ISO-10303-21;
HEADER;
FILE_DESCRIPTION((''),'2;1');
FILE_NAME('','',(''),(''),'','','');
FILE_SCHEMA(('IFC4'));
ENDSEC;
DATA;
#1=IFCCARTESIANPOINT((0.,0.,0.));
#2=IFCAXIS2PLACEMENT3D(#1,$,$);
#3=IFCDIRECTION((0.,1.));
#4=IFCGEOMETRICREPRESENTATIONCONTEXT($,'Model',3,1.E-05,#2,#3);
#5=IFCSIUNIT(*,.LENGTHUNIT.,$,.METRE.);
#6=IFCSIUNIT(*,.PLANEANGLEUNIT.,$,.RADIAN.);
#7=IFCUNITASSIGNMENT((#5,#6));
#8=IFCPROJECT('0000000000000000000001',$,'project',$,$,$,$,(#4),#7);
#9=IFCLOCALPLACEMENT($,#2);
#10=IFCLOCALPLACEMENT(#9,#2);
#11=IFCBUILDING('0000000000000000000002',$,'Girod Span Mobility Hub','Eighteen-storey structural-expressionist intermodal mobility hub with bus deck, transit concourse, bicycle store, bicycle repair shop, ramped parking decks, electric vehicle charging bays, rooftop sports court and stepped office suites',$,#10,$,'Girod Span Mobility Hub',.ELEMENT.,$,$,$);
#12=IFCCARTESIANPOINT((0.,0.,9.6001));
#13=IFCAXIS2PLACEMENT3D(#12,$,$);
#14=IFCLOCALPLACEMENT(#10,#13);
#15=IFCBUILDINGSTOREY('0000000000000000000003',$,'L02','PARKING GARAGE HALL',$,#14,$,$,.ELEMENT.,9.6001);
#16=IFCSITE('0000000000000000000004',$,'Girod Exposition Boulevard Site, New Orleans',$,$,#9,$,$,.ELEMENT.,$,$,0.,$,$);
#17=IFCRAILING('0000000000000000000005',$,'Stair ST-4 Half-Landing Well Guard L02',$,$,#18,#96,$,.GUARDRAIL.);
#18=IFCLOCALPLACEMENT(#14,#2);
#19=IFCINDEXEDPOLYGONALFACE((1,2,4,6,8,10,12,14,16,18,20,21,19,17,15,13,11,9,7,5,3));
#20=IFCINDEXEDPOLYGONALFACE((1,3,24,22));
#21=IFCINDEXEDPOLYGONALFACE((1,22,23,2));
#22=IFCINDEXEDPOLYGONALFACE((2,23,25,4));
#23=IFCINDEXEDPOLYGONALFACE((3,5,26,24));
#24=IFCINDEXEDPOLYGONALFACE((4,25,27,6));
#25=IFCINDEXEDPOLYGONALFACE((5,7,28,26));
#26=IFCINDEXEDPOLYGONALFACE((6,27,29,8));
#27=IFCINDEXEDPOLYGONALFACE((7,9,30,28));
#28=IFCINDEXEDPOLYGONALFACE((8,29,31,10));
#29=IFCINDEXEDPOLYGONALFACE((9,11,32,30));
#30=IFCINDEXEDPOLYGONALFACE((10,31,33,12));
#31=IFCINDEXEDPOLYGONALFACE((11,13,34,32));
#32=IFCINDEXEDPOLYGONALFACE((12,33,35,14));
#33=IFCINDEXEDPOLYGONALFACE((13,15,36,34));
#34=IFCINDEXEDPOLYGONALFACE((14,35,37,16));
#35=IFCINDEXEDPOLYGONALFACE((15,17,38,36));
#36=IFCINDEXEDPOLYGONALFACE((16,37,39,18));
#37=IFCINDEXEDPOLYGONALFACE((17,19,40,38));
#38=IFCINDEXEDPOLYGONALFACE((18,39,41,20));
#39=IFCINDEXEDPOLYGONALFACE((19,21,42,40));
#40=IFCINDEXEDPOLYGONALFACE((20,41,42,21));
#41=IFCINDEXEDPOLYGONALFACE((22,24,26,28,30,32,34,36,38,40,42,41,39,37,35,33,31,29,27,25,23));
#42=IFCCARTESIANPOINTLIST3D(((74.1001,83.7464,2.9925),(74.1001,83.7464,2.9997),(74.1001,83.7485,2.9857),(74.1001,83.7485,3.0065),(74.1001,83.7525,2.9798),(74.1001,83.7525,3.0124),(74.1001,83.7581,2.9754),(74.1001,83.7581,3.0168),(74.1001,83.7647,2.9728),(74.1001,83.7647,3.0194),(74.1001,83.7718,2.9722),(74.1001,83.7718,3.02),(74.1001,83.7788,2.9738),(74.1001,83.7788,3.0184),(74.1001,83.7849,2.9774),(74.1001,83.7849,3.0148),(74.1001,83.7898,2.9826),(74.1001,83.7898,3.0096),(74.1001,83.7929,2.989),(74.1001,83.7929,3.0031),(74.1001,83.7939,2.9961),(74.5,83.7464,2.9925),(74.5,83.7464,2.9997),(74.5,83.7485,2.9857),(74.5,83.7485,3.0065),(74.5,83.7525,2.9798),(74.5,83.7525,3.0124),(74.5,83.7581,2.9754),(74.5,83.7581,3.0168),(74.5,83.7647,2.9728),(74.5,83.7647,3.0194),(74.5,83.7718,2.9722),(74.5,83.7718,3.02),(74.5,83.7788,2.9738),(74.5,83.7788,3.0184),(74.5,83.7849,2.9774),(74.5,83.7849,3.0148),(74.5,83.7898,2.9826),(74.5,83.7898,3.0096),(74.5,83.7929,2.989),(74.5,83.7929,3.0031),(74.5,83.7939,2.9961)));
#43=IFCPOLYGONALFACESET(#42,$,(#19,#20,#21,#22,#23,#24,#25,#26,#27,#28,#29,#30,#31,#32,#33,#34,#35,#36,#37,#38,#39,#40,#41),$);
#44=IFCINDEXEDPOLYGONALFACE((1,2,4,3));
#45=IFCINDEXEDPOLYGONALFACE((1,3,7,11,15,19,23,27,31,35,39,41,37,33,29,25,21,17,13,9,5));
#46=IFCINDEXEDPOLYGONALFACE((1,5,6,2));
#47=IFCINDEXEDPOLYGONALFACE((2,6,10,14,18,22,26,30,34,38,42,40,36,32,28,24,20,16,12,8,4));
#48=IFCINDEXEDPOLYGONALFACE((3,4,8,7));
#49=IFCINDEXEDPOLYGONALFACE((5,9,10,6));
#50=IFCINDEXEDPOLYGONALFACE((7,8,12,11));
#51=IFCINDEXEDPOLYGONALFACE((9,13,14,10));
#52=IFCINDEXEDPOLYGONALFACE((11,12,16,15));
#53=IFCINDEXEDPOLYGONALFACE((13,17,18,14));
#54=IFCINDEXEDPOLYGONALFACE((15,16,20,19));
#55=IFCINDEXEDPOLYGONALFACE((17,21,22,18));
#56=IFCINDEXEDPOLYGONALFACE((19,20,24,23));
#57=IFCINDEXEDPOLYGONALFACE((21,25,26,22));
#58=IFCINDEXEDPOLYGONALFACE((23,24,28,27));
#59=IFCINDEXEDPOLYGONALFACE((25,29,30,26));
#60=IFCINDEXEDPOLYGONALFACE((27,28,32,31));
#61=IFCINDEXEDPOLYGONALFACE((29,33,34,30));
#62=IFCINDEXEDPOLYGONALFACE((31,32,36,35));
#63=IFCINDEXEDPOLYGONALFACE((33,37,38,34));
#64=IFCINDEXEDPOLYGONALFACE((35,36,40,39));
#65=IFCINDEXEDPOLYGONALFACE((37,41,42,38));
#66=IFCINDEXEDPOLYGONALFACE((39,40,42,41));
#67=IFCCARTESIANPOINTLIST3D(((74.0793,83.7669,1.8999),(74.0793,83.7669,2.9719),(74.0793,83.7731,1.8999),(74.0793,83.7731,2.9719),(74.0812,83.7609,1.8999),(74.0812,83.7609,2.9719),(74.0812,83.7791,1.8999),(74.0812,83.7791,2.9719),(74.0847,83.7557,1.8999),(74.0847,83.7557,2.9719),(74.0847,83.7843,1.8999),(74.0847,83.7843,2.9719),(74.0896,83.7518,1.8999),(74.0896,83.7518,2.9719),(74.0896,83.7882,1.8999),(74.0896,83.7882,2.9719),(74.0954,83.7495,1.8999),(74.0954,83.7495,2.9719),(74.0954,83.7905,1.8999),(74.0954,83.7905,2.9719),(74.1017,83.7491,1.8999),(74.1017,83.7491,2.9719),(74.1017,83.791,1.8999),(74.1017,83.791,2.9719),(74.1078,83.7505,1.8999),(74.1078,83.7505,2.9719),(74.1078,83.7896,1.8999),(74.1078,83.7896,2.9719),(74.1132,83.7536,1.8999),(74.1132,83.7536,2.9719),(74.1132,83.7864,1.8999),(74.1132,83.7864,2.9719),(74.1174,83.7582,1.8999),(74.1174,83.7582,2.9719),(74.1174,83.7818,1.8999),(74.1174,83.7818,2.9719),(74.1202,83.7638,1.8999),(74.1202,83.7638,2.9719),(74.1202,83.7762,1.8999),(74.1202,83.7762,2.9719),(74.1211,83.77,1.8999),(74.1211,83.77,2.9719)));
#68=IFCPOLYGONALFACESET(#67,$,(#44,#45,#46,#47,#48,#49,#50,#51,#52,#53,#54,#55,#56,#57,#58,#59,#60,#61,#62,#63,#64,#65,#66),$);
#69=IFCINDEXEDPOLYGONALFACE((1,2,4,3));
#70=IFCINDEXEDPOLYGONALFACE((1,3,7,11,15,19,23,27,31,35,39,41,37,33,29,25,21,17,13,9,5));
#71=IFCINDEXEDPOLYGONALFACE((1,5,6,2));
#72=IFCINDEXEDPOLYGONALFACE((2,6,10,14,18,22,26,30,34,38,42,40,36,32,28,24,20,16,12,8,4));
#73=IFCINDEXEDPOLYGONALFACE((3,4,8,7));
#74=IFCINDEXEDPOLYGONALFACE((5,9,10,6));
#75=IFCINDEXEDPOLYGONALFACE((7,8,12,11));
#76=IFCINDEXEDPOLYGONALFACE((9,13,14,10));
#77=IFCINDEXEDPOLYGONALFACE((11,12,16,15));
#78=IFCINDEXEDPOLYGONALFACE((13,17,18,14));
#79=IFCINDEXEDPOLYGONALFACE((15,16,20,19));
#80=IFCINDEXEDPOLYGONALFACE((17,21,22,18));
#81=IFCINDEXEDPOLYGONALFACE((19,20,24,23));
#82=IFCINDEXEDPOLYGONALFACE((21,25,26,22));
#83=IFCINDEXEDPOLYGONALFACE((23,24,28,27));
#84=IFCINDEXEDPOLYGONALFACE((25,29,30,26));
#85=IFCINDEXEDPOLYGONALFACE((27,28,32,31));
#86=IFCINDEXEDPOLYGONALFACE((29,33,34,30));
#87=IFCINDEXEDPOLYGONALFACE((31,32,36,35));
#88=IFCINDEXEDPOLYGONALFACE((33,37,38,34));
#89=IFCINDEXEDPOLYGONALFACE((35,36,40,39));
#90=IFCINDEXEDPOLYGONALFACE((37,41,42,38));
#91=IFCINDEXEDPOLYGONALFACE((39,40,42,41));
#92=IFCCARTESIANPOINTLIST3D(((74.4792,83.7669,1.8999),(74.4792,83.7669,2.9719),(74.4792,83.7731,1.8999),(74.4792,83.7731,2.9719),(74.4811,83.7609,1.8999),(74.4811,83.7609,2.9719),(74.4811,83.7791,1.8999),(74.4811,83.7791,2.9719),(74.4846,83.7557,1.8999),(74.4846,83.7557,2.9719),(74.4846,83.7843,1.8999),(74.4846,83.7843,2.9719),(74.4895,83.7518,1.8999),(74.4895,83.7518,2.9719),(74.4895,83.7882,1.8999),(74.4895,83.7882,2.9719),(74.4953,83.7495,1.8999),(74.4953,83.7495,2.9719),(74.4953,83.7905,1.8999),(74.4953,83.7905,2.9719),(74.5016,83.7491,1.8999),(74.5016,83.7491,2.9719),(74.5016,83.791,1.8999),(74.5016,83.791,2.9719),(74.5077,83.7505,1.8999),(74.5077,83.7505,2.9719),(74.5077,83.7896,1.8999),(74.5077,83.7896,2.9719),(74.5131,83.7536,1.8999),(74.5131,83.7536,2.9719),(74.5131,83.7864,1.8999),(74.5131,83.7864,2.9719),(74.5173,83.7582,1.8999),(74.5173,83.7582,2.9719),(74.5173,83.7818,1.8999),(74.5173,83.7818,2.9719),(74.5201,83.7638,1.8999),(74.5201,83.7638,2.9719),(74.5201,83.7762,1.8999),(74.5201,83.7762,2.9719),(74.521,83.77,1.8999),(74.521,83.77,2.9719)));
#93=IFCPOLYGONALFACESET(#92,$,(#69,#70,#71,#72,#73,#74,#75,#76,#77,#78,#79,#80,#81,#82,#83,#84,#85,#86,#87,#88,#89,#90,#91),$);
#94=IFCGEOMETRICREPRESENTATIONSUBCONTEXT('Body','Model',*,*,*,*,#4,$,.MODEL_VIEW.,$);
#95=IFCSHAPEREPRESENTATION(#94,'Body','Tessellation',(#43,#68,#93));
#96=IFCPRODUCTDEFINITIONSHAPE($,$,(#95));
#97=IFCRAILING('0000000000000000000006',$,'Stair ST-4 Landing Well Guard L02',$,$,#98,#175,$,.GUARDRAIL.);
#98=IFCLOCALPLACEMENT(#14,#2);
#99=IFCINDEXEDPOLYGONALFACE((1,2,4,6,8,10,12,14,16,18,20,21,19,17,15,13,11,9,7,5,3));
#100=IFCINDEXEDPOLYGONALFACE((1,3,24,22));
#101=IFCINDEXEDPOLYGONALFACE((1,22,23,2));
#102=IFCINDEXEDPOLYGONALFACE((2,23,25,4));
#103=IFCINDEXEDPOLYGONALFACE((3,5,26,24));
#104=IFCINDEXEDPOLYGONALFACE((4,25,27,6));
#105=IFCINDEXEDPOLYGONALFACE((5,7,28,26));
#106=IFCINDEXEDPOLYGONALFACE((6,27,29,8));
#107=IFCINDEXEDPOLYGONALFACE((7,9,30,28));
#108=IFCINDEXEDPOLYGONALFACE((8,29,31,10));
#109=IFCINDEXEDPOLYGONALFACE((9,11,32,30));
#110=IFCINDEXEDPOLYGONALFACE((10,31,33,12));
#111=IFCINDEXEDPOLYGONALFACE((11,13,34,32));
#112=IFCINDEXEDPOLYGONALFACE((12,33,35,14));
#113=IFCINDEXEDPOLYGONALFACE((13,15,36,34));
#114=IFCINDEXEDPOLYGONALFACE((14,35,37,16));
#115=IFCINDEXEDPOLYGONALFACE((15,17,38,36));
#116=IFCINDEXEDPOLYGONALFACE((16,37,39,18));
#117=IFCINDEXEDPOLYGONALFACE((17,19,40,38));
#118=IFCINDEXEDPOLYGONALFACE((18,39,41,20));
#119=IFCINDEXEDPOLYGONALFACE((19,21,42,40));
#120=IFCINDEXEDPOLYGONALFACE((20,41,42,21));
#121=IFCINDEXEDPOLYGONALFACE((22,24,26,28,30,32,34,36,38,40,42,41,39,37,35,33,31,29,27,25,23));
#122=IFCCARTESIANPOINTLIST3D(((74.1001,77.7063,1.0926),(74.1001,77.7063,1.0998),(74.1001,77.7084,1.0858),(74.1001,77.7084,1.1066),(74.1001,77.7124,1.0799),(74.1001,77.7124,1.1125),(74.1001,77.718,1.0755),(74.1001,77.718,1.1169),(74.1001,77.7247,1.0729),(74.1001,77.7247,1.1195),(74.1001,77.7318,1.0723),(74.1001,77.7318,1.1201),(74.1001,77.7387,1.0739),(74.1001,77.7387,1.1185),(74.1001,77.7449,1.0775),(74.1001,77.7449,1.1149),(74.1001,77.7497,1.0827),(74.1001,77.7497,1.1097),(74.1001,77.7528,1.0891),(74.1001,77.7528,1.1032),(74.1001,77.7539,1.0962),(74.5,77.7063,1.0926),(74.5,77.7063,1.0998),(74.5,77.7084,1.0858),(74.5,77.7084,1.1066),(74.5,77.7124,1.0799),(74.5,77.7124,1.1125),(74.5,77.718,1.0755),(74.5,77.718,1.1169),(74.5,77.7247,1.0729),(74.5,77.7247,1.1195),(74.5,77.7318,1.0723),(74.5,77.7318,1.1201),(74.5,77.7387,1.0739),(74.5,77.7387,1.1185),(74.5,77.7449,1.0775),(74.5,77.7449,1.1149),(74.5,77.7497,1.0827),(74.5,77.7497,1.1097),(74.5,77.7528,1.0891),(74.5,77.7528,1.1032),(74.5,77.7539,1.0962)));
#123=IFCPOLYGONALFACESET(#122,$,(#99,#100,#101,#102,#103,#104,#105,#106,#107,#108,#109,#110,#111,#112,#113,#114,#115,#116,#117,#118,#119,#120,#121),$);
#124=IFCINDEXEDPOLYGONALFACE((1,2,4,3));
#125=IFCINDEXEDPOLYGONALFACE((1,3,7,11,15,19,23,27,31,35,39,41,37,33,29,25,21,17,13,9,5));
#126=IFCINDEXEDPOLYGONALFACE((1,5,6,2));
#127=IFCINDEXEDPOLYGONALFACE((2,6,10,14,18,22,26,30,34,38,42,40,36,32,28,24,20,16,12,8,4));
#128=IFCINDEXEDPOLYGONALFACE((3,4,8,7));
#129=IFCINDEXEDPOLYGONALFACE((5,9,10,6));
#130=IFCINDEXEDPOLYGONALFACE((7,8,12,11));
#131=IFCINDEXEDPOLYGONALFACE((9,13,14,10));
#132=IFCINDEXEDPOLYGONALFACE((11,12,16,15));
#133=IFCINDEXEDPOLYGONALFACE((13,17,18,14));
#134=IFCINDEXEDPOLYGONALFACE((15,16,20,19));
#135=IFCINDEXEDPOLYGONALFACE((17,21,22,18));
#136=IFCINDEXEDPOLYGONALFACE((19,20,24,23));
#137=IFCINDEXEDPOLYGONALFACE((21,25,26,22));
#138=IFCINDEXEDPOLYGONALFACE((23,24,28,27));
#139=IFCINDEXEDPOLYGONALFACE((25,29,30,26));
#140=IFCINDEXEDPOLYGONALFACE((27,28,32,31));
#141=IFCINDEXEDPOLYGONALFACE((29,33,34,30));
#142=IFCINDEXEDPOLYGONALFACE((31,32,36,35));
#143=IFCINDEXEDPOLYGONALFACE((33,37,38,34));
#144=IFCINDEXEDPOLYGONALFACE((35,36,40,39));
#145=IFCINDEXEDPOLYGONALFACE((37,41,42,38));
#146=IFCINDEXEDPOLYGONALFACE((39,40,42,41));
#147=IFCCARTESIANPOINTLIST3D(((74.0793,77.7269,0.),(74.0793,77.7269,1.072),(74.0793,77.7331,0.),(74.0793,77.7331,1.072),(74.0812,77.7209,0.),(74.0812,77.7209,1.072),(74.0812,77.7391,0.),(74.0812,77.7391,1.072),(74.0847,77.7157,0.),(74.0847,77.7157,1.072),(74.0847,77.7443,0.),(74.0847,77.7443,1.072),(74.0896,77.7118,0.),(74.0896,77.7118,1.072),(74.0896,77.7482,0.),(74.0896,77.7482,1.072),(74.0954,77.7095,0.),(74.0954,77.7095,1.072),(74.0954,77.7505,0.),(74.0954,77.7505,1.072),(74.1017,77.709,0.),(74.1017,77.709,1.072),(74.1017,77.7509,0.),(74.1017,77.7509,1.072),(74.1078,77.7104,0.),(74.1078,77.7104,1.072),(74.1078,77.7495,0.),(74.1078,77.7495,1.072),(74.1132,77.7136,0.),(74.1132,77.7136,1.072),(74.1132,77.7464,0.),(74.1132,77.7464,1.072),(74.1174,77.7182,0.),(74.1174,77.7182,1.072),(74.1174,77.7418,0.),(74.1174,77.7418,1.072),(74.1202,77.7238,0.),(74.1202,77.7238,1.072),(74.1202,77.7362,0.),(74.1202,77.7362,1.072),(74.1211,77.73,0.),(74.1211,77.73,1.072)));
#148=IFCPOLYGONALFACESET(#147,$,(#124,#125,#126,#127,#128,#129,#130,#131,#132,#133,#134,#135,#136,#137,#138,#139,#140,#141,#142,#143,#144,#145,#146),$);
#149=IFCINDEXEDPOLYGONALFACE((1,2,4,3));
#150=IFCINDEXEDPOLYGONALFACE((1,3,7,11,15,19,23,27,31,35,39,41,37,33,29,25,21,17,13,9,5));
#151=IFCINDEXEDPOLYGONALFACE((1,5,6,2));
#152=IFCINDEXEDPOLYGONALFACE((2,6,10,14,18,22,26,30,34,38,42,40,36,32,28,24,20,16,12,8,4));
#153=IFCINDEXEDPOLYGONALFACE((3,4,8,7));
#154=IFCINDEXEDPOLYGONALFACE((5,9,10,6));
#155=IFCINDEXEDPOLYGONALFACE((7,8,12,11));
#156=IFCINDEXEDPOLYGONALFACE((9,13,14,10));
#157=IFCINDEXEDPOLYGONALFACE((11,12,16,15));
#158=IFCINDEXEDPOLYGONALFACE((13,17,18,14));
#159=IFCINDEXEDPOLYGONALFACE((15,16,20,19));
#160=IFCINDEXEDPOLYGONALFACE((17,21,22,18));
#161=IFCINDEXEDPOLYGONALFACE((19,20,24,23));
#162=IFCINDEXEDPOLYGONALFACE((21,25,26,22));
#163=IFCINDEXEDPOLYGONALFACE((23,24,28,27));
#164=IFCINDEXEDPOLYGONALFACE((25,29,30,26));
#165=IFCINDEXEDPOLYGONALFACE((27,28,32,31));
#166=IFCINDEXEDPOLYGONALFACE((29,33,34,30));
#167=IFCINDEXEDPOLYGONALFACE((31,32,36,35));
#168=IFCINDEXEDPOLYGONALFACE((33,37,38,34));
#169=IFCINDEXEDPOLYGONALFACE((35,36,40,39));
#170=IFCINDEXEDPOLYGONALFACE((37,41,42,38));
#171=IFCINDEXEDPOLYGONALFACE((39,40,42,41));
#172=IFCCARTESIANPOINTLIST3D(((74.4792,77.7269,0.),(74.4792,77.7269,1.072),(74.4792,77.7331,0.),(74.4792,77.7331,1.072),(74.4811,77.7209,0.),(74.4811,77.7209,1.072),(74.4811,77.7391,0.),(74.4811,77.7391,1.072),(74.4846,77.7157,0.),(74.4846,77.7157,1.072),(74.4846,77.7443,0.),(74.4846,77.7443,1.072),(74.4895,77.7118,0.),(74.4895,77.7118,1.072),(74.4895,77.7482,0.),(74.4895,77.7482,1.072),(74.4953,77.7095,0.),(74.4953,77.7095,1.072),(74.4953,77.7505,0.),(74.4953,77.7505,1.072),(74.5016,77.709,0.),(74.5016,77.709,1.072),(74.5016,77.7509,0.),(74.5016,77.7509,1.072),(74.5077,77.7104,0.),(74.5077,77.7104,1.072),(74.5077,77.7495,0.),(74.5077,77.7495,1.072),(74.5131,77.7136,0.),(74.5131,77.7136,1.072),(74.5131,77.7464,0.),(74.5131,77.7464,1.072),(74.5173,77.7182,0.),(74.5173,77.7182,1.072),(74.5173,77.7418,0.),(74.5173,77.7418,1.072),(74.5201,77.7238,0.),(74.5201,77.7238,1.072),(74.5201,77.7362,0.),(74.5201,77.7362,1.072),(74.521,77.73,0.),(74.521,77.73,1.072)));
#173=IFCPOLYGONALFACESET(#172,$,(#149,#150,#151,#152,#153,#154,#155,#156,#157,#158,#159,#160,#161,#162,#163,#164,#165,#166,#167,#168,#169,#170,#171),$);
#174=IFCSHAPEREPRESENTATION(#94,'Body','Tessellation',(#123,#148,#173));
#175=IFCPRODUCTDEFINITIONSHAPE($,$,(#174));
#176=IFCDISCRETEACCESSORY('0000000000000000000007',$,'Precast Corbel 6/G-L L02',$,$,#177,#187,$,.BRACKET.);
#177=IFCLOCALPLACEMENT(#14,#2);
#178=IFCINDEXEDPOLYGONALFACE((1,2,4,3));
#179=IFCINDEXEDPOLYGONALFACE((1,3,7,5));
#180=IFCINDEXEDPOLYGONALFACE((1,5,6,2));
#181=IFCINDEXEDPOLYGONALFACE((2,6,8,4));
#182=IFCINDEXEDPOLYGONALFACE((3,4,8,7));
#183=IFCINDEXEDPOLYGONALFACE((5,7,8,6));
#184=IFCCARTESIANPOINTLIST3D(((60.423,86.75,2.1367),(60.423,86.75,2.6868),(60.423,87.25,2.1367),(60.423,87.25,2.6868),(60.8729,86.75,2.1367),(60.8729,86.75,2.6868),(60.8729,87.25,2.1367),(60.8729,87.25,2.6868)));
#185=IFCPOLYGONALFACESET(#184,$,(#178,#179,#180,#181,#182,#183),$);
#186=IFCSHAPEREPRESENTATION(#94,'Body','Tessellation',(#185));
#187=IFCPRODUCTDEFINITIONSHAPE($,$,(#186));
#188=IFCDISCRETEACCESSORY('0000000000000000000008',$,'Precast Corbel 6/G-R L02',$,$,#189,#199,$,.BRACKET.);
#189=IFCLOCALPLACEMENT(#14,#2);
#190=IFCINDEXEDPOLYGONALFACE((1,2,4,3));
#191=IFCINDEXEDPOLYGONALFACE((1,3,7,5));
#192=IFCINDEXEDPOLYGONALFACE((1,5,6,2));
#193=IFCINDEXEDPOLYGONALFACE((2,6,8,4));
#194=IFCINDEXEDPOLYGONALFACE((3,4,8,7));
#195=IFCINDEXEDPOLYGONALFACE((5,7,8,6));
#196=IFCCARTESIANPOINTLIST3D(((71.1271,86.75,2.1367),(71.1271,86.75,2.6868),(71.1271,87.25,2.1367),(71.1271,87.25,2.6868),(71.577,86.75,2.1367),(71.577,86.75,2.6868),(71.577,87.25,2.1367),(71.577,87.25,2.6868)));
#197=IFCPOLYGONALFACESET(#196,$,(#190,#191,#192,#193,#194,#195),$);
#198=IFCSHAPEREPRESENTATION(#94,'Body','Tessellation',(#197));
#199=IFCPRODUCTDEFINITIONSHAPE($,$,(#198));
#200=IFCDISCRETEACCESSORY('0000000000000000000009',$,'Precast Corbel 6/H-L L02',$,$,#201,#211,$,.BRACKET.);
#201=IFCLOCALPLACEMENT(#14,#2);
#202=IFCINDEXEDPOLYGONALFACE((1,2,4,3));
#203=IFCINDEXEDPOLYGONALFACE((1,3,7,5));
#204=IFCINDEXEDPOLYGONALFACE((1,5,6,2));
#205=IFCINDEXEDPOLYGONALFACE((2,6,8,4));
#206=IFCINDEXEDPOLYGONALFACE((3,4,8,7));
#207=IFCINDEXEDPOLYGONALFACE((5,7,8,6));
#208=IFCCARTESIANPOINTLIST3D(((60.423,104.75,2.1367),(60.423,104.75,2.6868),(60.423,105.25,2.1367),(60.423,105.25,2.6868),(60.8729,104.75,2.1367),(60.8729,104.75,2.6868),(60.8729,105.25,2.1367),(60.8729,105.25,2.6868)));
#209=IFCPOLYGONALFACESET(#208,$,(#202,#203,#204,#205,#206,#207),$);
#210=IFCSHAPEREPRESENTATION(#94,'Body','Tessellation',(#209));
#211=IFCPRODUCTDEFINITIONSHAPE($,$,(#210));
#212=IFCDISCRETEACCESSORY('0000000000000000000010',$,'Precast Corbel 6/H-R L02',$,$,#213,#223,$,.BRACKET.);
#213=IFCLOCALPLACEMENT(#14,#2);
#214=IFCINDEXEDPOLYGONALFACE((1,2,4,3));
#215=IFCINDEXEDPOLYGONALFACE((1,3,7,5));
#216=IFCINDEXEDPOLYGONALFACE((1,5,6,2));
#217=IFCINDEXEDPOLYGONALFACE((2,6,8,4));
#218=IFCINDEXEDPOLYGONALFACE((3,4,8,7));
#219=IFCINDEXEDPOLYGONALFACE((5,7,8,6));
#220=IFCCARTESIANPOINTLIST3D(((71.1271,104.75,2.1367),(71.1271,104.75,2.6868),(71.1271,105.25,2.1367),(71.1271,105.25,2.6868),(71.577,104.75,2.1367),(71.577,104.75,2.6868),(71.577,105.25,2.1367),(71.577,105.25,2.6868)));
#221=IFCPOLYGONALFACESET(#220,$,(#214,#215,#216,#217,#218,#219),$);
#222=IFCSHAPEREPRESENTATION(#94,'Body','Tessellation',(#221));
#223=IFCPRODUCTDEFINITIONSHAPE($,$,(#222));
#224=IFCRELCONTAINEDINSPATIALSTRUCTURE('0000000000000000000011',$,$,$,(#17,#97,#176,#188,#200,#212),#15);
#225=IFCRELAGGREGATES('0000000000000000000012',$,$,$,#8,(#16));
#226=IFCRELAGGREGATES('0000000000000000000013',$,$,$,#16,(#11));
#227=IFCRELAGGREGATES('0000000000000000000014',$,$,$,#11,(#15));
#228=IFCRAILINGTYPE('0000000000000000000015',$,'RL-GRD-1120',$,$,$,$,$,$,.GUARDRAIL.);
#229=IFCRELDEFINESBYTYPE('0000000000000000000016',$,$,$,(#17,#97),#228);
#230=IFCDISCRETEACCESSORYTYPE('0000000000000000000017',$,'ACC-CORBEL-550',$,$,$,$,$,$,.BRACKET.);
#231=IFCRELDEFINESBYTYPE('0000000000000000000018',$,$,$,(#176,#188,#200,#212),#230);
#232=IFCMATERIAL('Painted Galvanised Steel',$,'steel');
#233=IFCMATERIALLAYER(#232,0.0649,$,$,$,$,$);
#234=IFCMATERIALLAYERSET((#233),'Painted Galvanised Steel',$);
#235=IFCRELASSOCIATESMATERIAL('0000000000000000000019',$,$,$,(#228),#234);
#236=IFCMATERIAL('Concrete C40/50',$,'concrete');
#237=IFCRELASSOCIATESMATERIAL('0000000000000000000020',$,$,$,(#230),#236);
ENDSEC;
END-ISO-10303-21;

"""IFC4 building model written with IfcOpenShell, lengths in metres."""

from ifc_helpers import new_model, si_unit, direction, frame, origin, origin_2d, place, context, subcontext, project, spatial, rectangle, circle, extrude, material, layer, layer_set, type_object, element, save


model = new_model("IFC4")

# Units and contexts
model_context = context("Model", 3, precision=1e-05, world=origin(), true_north=direction((0.0, 1.0)))
body_context = subcontext(model_context, "Body", "Model", "MODEL_VIEW")
ifc_project = project(units=[si_unit("LENGTHUNIT", "METRE"), si_unit("PLANEANGLEUNIT", "RADIAN")], contexts=[model_context])

# Site, building, storey
site_placement = place(None, origin())
site = spatial("IfcSite", under=ifc_project, at=site_placement, Name="Girod Exposition Boulevard Site, New Orleans", CompositionType="ELEMENT", RefElevation=0.0)
building_placement = place(site_placement, origin())
building = spatial("IfcBuilding", under=site, at=building_placement, Name="Girod Span Mobility Hub", Description="Eighteen-storey structural-expressionist intermodal mobility hub with bus deck, transit concourse, bicycle store, bicycle repair shop, ramped parking decks, electric vehicle charging bays, rooftop sports court and stepped office suites", LongName="Girod Span Mobility Hub", CompositionType="ELEMENT")
storey_placement = place(building_placement, frame((0.0, 0.0, 9.6001)))
storey = spatial("IfcBuildingStorey", under=building, at=storey_placement, Name="L02", Description="PARKING GARAGE HALL", CompositionType="ELEMENT", Elevation=9.6001)

# Railings
ifc_material_1 = material(Name="Painted Galvanised Steel", Category="steel")
ifc_layer_1 = layer(ifc_material_1, 0.0649)
ifc_layer_set_1 = layer_set([ifc_layer_1], Name="Painted Galvanised Steel")
railing_type_1 = type_object("IfcRailingType", Name="RL-GRD-1120", PredefinedType="GUARDRAIL", material=ifc_layer_set_1)
for number, where, name in (
    (1, (74.1001, 83.77, 1.8999), "Stair ST-4 Half-Landing Well Guard L02"),
    (2, (74.1001, 77.73, 0.0), "Stair ST-4 Landing Well Guard L02"),
):
    element("IfcRailing", number, at=place(storey_placement, frame(where)), inside=storey, type_object=railing_type_1, Name=name, PredefinedType="GUARDRAIL", context=body_context, shape_type="SweptSolid", body=[
        extrude(circle(Radius=0.0239, at=origin_2d()), frame((0.0, 0.0, 1.0962), z_axis=(1.0, 0.0, 0.0), x_axis=(0.0, 1.0, 0.0)), (0.0, 0.0, 1.0), 0.3999),
        extrude(circle(Radius=0.021, at=origin_2d()), origin(), (0.0, 0.0, 1.0), 1.072),
        extrude(circle(Radius=0.021, at=origin_2d()), frame((0.3999, 0.0, 0.0)), (0.0, 0.0, 1.0), 1.072),
    ])

# Discrete accessories
ifc_material_2 = material(Name="Concrete C40/50", Category="concrete")
discrete_accessory_type = type_object("IfcDiscreteAccessoryType", Name="ACC-CORBEL-550", PredefinedType="BRACKET", material=ifc_material_2)
for number, where, z_axis, x_axis, name in (
    (3, (60.6479, 87.0, 2.1367), (0.0, 0.0, 1.0), (1.0, 0.0, 0.0), "Precast Corbel 6/G-L L02"),
    (4, (71.3521, 87.0, 2.1367), (0.0, 0.0, 1.0), (1.0, 0.0, 0.0), "Precast Corbel 6/G-R L02"),
    (5, (60.6479, 105.0, 2.1367), (0.0, 0.0, 1.0), (1.0, 0.0, 0.0), "Precast Corbel 6/H-L L02"),
    (6, (71.3521, 105.0, 2.1367), (0.0, 0.0, 1.0), (1.0, 0.0, 0.0), "Precast Corbel 6/H-R L02"),
):
    element("IfcDiscreteAccessory", number, at=place(storey_placement, frame(where, z_axis=z_axis, x_axis=x_axis)), inside=storey, type_object=discrete_accessory_type, Name=name, PredefinedType="BRACKET", context=body_context, shape_type="SweptSolid", body=[
        extrude(rectangle(XDim=0.45, YDim=0.5, at=origin_2d()), origin(), (0.0, 0.0, 1.0), 0.55),
    ])

save(model, "model.ifc")
